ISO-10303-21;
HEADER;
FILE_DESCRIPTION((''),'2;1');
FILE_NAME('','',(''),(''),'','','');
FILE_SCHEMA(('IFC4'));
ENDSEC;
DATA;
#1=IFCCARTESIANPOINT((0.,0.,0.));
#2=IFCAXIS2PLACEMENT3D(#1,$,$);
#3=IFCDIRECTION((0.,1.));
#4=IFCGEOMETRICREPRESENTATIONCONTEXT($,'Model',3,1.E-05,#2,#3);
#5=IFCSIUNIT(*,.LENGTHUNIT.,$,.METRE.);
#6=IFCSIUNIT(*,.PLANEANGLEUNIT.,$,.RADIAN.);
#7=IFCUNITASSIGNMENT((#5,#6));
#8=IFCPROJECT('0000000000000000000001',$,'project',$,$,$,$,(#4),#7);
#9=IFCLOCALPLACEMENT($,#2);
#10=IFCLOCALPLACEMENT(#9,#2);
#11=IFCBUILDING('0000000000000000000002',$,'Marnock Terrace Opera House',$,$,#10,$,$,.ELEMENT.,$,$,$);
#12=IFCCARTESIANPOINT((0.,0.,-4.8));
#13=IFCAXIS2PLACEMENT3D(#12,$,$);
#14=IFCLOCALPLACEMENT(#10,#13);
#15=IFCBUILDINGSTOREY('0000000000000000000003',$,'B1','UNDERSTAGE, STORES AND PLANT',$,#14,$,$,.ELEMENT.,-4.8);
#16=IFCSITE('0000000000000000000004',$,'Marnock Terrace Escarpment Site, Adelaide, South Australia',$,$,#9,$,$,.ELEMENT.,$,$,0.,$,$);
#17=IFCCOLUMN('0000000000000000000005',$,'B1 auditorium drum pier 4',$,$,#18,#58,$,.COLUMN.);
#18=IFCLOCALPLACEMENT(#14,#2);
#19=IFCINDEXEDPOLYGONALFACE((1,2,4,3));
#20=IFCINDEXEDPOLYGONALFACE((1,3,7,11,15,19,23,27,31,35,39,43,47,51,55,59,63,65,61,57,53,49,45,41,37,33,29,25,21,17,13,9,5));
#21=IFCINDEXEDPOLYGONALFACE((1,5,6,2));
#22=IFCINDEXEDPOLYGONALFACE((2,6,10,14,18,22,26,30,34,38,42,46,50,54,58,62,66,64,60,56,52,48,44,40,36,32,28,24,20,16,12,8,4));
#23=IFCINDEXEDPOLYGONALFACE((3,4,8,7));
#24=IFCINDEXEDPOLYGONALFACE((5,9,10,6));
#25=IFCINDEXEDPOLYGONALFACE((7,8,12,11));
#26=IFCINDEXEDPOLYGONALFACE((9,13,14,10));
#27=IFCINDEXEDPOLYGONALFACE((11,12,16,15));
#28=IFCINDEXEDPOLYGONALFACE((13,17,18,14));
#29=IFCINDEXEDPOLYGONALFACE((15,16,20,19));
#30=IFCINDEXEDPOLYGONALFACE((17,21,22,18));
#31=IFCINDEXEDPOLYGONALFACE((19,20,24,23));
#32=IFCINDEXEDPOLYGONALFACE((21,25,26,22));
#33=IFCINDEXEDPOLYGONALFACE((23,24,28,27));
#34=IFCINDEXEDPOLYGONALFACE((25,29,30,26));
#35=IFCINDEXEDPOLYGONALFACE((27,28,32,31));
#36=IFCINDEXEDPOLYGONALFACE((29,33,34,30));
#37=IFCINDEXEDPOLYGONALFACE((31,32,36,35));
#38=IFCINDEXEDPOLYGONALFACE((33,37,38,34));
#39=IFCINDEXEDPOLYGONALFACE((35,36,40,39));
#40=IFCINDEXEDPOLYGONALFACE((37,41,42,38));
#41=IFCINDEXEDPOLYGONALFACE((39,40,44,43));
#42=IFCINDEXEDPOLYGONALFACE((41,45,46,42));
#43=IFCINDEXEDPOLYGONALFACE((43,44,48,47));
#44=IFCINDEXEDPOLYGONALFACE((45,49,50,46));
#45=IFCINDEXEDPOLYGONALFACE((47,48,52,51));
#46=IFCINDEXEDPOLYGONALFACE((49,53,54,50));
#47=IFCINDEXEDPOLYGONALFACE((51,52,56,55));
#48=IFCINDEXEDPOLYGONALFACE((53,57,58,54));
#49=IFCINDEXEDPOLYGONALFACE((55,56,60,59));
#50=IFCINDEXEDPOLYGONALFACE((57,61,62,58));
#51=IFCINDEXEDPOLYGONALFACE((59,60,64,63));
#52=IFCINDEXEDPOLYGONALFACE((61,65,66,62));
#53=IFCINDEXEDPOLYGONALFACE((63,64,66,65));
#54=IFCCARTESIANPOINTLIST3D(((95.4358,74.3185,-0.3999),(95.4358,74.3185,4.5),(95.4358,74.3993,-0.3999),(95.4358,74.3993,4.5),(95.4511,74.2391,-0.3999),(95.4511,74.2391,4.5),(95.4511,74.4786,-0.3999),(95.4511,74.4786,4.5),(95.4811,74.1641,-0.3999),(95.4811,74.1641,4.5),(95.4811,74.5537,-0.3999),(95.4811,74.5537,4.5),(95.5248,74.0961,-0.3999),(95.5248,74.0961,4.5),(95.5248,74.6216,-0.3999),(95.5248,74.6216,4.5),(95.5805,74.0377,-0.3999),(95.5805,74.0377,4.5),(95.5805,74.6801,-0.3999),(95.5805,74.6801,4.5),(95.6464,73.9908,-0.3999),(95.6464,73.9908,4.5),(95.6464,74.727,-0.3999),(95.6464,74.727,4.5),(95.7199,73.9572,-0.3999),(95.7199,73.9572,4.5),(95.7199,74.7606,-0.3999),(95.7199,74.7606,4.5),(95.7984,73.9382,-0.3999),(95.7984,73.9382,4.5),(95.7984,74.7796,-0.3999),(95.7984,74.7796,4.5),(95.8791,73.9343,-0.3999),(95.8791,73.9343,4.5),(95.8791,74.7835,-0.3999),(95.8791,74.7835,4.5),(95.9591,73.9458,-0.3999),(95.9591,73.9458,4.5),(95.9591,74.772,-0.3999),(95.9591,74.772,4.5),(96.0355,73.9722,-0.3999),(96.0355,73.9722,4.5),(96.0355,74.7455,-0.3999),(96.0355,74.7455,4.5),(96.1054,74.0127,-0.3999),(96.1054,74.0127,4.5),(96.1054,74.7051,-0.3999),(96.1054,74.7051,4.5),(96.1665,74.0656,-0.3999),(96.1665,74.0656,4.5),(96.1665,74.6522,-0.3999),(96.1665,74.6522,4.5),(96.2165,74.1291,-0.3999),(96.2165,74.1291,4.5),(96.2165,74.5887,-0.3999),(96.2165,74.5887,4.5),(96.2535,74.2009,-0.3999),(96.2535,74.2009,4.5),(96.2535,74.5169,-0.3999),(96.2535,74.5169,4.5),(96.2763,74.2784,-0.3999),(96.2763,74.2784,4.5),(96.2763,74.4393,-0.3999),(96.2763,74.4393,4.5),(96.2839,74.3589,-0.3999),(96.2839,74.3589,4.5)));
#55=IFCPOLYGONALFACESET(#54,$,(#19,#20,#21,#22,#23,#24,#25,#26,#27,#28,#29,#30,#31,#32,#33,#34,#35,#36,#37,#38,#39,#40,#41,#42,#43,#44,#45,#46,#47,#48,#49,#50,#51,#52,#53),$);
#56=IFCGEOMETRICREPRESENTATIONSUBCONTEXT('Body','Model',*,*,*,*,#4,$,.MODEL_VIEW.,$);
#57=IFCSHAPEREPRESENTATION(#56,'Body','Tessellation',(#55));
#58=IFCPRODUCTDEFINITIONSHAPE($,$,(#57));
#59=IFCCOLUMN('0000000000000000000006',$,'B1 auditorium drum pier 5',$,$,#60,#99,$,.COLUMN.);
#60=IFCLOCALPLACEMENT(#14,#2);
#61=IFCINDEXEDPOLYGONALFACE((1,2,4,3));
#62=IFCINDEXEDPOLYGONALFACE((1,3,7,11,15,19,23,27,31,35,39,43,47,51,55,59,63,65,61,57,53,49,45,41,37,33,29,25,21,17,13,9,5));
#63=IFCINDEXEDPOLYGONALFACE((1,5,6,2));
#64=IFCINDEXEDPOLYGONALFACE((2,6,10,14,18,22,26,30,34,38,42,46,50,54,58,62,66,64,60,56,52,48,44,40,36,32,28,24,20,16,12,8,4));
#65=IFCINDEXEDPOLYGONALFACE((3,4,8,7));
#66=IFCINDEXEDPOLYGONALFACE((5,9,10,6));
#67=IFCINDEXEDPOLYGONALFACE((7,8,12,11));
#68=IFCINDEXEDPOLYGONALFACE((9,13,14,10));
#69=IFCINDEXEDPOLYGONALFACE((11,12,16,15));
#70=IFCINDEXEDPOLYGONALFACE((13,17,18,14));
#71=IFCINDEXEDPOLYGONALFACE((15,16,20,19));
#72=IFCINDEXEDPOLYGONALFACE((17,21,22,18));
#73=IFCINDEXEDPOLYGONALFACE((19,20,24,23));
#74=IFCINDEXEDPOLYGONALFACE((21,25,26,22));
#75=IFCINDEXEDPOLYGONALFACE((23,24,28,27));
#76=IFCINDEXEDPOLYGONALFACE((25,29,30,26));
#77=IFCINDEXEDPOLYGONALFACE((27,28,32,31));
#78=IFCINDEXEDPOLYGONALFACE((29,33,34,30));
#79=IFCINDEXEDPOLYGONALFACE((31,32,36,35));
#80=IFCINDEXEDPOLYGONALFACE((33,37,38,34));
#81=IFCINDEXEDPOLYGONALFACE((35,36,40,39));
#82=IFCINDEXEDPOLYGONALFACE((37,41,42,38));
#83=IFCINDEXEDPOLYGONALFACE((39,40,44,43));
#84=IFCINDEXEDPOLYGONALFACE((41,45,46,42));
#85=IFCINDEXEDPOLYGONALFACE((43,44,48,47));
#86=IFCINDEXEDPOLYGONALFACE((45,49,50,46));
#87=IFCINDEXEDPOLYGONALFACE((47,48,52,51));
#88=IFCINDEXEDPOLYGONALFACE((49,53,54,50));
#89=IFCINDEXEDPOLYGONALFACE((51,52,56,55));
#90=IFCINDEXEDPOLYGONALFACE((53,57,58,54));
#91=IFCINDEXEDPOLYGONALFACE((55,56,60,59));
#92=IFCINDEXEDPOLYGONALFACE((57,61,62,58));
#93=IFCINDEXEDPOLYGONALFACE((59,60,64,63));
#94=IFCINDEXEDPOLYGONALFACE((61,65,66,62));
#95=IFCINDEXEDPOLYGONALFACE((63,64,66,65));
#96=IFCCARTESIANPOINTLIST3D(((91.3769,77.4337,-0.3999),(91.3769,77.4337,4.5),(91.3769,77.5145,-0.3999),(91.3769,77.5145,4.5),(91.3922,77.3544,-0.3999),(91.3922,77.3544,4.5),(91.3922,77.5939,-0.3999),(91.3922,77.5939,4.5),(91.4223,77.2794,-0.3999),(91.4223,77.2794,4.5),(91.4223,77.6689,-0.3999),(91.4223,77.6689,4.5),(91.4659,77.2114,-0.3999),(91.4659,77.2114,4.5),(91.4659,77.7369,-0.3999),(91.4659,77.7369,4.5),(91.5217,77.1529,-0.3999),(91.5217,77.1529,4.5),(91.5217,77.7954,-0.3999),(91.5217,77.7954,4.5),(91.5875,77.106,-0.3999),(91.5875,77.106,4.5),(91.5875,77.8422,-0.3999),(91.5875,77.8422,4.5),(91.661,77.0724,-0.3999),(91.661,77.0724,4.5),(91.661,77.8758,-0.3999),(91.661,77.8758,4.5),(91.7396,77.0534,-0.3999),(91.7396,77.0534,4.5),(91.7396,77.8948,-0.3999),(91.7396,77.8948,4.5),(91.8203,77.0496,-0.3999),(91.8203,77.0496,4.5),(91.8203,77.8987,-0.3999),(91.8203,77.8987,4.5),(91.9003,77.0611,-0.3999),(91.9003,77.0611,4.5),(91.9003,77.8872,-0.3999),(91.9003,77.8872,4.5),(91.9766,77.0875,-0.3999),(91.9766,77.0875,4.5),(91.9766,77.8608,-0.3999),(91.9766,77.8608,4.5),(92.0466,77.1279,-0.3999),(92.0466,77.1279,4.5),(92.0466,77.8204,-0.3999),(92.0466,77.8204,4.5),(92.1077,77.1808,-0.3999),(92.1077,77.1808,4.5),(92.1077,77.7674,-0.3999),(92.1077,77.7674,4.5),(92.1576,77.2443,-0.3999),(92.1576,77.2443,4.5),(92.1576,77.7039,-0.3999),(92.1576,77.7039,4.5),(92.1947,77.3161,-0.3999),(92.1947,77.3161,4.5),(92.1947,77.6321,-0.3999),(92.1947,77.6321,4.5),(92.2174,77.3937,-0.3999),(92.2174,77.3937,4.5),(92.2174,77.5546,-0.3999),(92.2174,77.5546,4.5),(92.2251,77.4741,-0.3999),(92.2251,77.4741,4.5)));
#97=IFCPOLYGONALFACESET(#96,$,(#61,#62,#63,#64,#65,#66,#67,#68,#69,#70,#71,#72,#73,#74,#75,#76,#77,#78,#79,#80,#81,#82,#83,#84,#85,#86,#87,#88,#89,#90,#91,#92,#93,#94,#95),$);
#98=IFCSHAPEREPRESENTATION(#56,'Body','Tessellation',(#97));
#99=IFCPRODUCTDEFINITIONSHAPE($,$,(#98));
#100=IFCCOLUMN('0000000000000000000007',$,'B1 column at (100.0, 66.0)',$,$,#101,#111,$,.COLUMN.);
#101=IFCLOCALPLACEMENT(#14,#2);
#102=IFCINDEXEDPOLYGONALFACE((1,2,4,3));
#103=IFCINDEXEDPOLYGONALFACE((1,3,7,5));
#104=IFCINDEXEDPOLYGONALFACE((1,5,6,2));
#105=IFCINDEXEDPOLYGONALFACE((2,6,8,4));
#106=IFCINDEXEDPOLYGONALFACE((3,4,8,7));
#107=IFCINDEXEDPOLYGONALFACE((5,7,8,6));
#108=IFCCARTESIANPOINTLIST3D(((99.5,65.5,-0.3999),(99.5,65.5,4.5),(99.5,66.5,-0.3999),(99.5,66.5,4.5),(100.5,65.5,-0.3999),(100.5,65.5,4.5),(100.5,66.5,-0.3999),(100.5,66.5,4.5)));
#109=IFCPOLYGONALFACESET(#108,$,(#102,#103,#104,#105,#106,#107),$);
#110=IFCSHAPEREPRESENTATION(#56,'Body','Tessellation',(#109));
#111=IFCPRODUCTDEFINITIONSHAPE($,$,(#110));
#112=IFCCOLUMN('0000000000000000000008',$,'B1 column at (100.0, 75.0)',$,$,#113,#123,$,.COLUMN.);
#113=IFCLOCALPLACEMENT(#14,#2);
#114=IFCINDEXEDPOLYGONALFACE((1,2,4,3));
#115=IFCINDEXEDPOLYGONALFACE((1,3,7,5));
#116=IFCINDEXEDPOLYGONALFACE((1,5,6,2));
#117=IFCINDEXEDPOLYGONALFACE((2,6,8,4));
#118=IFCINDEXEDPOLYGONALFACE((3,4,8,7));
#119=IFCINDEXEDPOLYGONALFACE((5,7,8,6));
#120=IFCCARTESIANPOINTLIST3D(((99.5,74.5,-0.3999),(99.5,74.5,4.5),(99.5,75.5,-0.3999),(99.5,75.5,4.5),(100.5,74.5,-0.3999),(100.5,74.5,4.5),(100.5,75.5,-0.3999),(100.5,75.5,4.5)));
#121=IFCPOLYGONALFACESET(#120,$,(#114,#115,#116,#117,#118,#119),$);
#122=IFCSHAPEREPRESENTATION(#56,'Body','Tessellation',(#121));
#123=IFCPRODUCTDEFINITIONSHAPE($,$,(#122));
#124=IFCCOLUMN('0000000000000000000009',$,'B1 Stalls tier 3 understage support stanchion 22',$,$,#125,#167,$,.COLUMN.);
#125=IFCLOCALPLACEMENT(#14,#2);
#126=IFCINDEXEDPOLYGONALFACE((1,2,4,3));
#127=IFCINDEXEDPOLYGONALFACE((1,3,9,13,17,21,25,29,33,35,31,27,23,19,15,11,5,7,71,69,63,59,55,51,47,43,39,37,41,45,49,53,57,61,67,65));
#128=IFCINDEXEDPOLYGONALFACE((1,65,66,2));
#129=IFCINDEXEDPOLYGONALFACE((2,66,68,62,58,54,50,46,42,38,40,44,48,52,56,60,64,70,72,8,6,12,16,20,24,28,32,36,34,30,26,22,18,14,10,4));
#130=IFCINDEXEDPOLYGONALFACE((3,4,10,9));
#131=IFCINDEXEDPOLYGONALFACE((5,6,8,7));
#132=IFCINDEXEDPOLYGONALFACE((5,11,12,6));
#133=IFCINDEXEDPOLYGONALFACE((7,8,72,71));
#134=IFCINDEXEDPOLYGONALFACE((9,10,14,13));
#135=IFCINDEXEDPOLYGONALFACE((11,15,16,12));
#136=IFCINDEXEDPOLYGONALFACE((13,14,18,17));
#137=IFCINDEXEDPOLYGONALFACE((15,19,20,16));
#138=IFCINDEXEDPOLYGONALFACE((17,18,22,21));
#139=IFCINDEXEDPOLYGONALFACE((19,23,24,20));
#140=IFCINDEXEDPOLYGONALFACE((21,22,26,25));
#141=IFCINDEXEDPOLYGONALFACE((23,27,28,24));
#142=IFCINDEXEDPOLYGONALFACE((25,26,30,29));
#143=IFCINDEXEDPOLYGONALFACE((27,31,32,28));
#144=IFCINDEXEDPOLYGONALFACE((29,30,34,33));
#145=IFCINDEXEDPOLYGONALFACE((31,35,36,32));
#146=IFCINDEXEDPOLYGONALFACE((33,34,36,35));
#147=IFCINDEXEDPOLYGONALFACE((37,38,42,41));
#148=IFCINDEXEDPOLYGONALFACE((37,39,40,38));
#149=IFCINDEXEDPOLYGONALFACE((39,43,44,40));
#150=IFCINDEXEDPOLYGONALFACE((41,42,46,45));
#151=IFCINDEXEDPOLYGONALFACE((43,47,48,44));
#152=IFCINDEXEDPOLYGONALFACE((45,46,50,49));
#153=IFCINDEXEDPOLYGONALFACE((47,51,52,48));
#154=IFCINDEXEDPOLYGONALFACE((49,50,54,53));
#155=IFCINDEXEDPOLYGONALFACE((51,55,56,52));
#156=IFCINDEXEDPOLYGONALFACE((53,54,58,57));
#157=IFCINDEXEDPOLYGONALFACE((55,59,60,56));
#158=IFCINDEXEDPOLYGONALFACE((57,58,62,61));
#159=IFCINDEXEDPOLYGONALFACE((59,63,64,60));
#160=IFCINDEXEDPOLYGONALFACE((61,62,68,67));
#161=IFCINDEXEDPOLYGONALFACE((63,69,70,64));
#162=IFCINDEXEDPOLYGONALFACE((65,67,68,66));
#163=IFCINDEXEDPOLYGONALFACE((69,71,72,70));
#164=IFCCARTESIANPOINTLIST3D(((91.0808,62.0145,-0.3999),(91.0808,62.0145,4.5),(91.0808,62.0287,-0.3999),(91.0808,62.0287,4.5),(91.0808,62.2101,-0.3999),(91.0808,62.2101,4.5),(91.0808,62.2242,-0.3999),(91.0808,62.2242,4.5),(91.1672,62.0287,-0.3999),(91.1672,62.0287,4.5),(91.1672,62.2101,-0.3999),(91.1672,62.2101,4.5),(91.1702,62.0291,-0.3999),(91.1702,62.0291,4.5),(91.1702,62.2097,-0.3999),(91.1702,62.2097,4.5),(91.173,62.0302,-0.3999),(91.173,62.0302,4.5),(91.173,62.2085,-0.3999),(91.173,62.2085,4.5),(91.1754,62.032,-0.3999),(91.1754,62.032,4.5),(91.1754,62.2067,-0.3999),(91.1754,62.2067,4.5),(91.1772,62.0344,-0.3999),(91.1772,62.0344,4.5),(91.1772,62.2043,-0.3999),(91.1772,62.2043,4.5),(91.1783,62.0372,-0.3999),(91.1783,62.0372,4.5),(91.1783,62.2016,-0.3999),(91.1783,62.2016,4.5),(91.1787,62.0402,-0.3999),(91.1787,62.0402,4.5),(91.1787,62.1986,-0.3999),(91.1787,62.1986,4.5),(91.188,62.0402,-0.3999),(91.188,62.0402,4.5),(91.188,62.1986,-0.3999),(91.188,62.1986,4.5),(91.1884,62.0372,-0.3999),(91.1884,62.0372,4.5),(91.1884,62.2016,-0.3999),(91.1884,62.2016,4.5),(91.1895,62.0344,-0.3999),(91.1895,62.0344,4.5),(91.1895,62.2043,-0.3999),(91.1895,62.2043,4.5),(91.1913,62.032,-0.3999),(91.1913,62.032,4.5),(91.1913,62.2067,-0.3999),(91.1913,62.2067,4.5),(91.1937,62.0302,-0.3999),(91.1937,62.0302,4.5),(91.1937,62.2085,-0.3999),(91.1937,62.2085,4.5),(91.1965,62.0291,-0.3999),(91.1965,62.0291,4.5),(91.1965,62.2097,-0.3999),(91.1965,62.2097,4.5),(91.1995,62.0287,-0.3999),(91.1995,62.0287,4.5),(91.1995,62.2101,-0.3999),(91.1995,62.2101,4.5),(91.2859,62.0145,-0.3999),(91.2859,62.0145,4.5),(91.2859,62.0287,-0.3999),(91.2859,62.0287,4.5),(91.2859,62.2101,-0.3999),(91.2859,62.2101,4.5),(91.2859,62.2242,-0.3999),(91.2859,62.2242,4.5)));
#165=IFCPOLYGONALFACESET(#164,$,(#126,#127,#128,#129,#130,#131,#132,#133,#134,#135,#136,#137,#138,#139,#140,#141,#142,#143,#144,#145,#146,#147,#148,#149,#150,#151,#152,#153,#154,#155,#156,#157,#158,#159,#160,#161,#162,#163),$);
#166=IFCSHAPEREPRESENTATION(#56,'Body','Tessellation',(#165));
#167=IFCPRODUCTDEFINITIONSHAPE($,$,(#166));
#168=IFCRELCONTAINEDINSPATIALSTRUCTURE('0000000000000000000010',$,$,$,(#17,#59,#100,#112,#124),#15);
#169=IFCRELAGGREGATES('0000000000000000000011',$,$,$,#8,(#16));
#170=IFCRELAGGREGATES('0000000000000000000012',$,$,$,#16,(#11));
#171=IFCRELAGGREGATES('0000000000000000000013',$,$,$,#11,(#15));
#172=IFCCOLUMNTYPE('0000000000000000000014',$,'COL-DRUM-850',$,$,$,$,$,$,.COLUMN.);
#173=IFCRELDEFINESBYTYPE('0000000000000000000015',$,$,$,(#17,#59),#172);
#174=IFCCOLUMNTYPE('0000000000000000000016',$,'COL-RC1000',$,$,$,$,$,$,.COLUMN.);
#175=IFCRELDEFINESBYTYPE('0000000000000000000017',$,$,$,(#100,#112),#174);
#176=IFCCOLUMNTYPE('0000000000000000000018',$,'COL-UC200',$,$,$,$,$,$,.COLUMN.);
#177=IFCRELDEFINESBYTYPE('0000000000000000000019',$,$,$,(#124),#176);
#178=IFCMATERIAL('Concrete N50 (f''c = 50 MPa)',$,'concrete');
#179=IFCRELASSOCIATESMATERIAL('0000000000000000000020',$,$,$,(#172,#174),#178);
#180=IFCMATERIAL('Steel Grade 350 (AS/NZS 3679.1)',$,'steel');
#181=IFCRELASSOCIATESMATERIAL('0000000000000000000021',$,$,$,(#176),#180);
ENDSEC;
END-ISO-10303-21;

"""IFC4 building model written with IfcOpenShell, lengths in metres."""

from ifc_helpers import new_model, si_unit, direction, frame, origin, origin_2d, place, context, subcontext, project, spatial, rectangle, circle, i_section, extrude, material, material_profile, profile_set, type_object, element, save


model = new_model("IFC4")

# Units and contexts
model_context = context("Model", 3, precision=1e-05, world=origin(), true_north=direction((0.0, 1.0)))
body_context = subcontext(model_context, "Body", "Model", "MODEL_VIEW")
ifc_project = project(units=[si_unit("LENGTHUNIT", "METRE"), si_unit("PLANEANGLEUNIT", "RADIAN")], contexts=[model_context])

# Site, building, storey
site_placement = place(None, origin())
site = spatial("IfcSite", under=ifc_project, at=site_placement, Name="Marnock Terrace Escarpment Site, Adelaide, South Australia", CompositionType="ELEMENT", RefElevation=0.0)
building_placement = place(site_placement, origin())
building = spatial("IfcBuilding", under=site, at=building_placement, Name="Marnock Terrace Opera House", CompositionType="ELEMENT")
storey_placement = place(building_placement, frame((0.0, 0.0, -4.8)))
storey = spatial("IfcBuildingStorey", under=building, at=storey_placement, Name="B1", Description="UNDERSTAGE, STORES AND PLANT", CompositionType="ELEMENT", Elevation=-4.8)

# Columns
ifc_material_1 = material(Name="Concrete N50 (f'c = 50 MPa)", Category="concrete")
ifc_material_profile_1 = material_profile(ifc_material_1, circle(Radius=0.425, at=origin_2d()))
ifc_profile_set_1 = profile_set([ifc_material_profile_1], Name="Concrete N50 (f'c = 50 MPa)")
column_type_1 = type_object("IfcColumnType", Name="COL-DRUM-850", PredefinedType="COLUMN", material=ifc_profile_set_1)
for number, where, z_axis, x_axis, name in (
    (1, (95.8589, 74.3589, -0.3999), (0.0, 0.0, 1.0), (1.0, 0.0, 0.0), "B1 auditorium drum pier 4"),
    (2, (91.8, 77.4741, -0.3999), (0.0, 0.0, 1.0), (1.0, 0.0, 0.0), "B1 auditorium drum pier 5"),
):
    element("IfcColumn", number, at=place(storey_placement, frame(where, z_axis=z_axis, x_axis=x_axis)), inside=storey, type_object=column_type_1, Name=name, PredefinedType="COLUMN", context=body_context, shape_type="SweptSolid", body=[
        extrude(circle(Radius=0.425, at=origin_2d()), origin(), (0.0, 0.0, 1.0), 4.8999),
    ])
ifc_material_profile_2 = material_profile(ifc_material_1, rectangle(XDim=1.0, YDim=1.0, at=origin_2d()))
ifc_profile_set_2 = profile_set([ifc_material_profile_2], Name="Concrete N50 (f'c = 50 MPa)")
column_type_2 = type_object("IfcColumnType", Name="COL-RC1000", PredefinedType="COLUMN", material=ifc_profile_set_2)
for number, where, z_axis, x_axis, name in (
    (3, (100.0, 66.0, -0.3999), (0.0, 0.0, 1.0), (1.0, 0.0, 0.0), "B1 column at (100.0, 66.0)"),
    (4, (100.0, 75.0, -0.3999), (0.0, 0.0, 1.0), (1.0, 0.0, 0.0), "B1 column at (100.0, 75.0)"),
):
    element("IfcColumn", number, at=place(storey_placement, frame(where, z_axis=z_axis, x_axis=x_axis)), inside=storey, type_object=column_type_2, Name=name, PredefinedType="COLUMN", context=body_context, shape_type="SweptSolid", body=[
        extrude(rectangle(XDim=1.0, YDim=1.0, at=origin_2d()), origin(), (0.0, 0.0, 1.0), 4.8999),
    ])
ifc_material_2 = material(Name="Steel Grade 350 (AS/NZS 3679.1)", Category="steel")
ifc_material_profile_3 = material_profile(ifc_material_2, i_section(OverallWidth=0.2051, OverallDepth=0.2097, WebThickness=0.0093, FlangeThickness=0.0142, FilletRadius=0.0115, at=origin_2d()))
ifc_profile_set_3 = profile_set([ifc_material_profile_3], Name="Steel Grade 350 (AS/NZS 3679.1)")
column_type_3 = type_object("IfcColumnType", Name="COL-UC200", PredefinedType="COLUMN", material=ifc_profile_set_3)
for number, where, z_axis, x_axis, name in (
    (5, (91.1833, 62.1194, -0.3999), (0.0, 0.0, 1.0), (1.0, 0.0, 0.0), "B1 Stalls tier 3 understage support stanchion 22"),
):
    element("IfcColumn", number, at=place(storey_placement, frame(where, z_axis=z_axis, x_axis=x_axis)), inside=storey, type_object=column_type_3, Name=name, PredefinedType="COLUMN", context=body_context, shape_type="SweptSolid", body=[
        extrude(i_section(OverallWidth=0.2051, OverallDepth=0.2097, WebThickness=0.0093, FlangeThickness=0.0142, FilletRadius=0.0115, at=origin_2d()), origin(), (0.0, 0.0, 1.0), 4.8999),
    ])

save(model, "model.ifc")
